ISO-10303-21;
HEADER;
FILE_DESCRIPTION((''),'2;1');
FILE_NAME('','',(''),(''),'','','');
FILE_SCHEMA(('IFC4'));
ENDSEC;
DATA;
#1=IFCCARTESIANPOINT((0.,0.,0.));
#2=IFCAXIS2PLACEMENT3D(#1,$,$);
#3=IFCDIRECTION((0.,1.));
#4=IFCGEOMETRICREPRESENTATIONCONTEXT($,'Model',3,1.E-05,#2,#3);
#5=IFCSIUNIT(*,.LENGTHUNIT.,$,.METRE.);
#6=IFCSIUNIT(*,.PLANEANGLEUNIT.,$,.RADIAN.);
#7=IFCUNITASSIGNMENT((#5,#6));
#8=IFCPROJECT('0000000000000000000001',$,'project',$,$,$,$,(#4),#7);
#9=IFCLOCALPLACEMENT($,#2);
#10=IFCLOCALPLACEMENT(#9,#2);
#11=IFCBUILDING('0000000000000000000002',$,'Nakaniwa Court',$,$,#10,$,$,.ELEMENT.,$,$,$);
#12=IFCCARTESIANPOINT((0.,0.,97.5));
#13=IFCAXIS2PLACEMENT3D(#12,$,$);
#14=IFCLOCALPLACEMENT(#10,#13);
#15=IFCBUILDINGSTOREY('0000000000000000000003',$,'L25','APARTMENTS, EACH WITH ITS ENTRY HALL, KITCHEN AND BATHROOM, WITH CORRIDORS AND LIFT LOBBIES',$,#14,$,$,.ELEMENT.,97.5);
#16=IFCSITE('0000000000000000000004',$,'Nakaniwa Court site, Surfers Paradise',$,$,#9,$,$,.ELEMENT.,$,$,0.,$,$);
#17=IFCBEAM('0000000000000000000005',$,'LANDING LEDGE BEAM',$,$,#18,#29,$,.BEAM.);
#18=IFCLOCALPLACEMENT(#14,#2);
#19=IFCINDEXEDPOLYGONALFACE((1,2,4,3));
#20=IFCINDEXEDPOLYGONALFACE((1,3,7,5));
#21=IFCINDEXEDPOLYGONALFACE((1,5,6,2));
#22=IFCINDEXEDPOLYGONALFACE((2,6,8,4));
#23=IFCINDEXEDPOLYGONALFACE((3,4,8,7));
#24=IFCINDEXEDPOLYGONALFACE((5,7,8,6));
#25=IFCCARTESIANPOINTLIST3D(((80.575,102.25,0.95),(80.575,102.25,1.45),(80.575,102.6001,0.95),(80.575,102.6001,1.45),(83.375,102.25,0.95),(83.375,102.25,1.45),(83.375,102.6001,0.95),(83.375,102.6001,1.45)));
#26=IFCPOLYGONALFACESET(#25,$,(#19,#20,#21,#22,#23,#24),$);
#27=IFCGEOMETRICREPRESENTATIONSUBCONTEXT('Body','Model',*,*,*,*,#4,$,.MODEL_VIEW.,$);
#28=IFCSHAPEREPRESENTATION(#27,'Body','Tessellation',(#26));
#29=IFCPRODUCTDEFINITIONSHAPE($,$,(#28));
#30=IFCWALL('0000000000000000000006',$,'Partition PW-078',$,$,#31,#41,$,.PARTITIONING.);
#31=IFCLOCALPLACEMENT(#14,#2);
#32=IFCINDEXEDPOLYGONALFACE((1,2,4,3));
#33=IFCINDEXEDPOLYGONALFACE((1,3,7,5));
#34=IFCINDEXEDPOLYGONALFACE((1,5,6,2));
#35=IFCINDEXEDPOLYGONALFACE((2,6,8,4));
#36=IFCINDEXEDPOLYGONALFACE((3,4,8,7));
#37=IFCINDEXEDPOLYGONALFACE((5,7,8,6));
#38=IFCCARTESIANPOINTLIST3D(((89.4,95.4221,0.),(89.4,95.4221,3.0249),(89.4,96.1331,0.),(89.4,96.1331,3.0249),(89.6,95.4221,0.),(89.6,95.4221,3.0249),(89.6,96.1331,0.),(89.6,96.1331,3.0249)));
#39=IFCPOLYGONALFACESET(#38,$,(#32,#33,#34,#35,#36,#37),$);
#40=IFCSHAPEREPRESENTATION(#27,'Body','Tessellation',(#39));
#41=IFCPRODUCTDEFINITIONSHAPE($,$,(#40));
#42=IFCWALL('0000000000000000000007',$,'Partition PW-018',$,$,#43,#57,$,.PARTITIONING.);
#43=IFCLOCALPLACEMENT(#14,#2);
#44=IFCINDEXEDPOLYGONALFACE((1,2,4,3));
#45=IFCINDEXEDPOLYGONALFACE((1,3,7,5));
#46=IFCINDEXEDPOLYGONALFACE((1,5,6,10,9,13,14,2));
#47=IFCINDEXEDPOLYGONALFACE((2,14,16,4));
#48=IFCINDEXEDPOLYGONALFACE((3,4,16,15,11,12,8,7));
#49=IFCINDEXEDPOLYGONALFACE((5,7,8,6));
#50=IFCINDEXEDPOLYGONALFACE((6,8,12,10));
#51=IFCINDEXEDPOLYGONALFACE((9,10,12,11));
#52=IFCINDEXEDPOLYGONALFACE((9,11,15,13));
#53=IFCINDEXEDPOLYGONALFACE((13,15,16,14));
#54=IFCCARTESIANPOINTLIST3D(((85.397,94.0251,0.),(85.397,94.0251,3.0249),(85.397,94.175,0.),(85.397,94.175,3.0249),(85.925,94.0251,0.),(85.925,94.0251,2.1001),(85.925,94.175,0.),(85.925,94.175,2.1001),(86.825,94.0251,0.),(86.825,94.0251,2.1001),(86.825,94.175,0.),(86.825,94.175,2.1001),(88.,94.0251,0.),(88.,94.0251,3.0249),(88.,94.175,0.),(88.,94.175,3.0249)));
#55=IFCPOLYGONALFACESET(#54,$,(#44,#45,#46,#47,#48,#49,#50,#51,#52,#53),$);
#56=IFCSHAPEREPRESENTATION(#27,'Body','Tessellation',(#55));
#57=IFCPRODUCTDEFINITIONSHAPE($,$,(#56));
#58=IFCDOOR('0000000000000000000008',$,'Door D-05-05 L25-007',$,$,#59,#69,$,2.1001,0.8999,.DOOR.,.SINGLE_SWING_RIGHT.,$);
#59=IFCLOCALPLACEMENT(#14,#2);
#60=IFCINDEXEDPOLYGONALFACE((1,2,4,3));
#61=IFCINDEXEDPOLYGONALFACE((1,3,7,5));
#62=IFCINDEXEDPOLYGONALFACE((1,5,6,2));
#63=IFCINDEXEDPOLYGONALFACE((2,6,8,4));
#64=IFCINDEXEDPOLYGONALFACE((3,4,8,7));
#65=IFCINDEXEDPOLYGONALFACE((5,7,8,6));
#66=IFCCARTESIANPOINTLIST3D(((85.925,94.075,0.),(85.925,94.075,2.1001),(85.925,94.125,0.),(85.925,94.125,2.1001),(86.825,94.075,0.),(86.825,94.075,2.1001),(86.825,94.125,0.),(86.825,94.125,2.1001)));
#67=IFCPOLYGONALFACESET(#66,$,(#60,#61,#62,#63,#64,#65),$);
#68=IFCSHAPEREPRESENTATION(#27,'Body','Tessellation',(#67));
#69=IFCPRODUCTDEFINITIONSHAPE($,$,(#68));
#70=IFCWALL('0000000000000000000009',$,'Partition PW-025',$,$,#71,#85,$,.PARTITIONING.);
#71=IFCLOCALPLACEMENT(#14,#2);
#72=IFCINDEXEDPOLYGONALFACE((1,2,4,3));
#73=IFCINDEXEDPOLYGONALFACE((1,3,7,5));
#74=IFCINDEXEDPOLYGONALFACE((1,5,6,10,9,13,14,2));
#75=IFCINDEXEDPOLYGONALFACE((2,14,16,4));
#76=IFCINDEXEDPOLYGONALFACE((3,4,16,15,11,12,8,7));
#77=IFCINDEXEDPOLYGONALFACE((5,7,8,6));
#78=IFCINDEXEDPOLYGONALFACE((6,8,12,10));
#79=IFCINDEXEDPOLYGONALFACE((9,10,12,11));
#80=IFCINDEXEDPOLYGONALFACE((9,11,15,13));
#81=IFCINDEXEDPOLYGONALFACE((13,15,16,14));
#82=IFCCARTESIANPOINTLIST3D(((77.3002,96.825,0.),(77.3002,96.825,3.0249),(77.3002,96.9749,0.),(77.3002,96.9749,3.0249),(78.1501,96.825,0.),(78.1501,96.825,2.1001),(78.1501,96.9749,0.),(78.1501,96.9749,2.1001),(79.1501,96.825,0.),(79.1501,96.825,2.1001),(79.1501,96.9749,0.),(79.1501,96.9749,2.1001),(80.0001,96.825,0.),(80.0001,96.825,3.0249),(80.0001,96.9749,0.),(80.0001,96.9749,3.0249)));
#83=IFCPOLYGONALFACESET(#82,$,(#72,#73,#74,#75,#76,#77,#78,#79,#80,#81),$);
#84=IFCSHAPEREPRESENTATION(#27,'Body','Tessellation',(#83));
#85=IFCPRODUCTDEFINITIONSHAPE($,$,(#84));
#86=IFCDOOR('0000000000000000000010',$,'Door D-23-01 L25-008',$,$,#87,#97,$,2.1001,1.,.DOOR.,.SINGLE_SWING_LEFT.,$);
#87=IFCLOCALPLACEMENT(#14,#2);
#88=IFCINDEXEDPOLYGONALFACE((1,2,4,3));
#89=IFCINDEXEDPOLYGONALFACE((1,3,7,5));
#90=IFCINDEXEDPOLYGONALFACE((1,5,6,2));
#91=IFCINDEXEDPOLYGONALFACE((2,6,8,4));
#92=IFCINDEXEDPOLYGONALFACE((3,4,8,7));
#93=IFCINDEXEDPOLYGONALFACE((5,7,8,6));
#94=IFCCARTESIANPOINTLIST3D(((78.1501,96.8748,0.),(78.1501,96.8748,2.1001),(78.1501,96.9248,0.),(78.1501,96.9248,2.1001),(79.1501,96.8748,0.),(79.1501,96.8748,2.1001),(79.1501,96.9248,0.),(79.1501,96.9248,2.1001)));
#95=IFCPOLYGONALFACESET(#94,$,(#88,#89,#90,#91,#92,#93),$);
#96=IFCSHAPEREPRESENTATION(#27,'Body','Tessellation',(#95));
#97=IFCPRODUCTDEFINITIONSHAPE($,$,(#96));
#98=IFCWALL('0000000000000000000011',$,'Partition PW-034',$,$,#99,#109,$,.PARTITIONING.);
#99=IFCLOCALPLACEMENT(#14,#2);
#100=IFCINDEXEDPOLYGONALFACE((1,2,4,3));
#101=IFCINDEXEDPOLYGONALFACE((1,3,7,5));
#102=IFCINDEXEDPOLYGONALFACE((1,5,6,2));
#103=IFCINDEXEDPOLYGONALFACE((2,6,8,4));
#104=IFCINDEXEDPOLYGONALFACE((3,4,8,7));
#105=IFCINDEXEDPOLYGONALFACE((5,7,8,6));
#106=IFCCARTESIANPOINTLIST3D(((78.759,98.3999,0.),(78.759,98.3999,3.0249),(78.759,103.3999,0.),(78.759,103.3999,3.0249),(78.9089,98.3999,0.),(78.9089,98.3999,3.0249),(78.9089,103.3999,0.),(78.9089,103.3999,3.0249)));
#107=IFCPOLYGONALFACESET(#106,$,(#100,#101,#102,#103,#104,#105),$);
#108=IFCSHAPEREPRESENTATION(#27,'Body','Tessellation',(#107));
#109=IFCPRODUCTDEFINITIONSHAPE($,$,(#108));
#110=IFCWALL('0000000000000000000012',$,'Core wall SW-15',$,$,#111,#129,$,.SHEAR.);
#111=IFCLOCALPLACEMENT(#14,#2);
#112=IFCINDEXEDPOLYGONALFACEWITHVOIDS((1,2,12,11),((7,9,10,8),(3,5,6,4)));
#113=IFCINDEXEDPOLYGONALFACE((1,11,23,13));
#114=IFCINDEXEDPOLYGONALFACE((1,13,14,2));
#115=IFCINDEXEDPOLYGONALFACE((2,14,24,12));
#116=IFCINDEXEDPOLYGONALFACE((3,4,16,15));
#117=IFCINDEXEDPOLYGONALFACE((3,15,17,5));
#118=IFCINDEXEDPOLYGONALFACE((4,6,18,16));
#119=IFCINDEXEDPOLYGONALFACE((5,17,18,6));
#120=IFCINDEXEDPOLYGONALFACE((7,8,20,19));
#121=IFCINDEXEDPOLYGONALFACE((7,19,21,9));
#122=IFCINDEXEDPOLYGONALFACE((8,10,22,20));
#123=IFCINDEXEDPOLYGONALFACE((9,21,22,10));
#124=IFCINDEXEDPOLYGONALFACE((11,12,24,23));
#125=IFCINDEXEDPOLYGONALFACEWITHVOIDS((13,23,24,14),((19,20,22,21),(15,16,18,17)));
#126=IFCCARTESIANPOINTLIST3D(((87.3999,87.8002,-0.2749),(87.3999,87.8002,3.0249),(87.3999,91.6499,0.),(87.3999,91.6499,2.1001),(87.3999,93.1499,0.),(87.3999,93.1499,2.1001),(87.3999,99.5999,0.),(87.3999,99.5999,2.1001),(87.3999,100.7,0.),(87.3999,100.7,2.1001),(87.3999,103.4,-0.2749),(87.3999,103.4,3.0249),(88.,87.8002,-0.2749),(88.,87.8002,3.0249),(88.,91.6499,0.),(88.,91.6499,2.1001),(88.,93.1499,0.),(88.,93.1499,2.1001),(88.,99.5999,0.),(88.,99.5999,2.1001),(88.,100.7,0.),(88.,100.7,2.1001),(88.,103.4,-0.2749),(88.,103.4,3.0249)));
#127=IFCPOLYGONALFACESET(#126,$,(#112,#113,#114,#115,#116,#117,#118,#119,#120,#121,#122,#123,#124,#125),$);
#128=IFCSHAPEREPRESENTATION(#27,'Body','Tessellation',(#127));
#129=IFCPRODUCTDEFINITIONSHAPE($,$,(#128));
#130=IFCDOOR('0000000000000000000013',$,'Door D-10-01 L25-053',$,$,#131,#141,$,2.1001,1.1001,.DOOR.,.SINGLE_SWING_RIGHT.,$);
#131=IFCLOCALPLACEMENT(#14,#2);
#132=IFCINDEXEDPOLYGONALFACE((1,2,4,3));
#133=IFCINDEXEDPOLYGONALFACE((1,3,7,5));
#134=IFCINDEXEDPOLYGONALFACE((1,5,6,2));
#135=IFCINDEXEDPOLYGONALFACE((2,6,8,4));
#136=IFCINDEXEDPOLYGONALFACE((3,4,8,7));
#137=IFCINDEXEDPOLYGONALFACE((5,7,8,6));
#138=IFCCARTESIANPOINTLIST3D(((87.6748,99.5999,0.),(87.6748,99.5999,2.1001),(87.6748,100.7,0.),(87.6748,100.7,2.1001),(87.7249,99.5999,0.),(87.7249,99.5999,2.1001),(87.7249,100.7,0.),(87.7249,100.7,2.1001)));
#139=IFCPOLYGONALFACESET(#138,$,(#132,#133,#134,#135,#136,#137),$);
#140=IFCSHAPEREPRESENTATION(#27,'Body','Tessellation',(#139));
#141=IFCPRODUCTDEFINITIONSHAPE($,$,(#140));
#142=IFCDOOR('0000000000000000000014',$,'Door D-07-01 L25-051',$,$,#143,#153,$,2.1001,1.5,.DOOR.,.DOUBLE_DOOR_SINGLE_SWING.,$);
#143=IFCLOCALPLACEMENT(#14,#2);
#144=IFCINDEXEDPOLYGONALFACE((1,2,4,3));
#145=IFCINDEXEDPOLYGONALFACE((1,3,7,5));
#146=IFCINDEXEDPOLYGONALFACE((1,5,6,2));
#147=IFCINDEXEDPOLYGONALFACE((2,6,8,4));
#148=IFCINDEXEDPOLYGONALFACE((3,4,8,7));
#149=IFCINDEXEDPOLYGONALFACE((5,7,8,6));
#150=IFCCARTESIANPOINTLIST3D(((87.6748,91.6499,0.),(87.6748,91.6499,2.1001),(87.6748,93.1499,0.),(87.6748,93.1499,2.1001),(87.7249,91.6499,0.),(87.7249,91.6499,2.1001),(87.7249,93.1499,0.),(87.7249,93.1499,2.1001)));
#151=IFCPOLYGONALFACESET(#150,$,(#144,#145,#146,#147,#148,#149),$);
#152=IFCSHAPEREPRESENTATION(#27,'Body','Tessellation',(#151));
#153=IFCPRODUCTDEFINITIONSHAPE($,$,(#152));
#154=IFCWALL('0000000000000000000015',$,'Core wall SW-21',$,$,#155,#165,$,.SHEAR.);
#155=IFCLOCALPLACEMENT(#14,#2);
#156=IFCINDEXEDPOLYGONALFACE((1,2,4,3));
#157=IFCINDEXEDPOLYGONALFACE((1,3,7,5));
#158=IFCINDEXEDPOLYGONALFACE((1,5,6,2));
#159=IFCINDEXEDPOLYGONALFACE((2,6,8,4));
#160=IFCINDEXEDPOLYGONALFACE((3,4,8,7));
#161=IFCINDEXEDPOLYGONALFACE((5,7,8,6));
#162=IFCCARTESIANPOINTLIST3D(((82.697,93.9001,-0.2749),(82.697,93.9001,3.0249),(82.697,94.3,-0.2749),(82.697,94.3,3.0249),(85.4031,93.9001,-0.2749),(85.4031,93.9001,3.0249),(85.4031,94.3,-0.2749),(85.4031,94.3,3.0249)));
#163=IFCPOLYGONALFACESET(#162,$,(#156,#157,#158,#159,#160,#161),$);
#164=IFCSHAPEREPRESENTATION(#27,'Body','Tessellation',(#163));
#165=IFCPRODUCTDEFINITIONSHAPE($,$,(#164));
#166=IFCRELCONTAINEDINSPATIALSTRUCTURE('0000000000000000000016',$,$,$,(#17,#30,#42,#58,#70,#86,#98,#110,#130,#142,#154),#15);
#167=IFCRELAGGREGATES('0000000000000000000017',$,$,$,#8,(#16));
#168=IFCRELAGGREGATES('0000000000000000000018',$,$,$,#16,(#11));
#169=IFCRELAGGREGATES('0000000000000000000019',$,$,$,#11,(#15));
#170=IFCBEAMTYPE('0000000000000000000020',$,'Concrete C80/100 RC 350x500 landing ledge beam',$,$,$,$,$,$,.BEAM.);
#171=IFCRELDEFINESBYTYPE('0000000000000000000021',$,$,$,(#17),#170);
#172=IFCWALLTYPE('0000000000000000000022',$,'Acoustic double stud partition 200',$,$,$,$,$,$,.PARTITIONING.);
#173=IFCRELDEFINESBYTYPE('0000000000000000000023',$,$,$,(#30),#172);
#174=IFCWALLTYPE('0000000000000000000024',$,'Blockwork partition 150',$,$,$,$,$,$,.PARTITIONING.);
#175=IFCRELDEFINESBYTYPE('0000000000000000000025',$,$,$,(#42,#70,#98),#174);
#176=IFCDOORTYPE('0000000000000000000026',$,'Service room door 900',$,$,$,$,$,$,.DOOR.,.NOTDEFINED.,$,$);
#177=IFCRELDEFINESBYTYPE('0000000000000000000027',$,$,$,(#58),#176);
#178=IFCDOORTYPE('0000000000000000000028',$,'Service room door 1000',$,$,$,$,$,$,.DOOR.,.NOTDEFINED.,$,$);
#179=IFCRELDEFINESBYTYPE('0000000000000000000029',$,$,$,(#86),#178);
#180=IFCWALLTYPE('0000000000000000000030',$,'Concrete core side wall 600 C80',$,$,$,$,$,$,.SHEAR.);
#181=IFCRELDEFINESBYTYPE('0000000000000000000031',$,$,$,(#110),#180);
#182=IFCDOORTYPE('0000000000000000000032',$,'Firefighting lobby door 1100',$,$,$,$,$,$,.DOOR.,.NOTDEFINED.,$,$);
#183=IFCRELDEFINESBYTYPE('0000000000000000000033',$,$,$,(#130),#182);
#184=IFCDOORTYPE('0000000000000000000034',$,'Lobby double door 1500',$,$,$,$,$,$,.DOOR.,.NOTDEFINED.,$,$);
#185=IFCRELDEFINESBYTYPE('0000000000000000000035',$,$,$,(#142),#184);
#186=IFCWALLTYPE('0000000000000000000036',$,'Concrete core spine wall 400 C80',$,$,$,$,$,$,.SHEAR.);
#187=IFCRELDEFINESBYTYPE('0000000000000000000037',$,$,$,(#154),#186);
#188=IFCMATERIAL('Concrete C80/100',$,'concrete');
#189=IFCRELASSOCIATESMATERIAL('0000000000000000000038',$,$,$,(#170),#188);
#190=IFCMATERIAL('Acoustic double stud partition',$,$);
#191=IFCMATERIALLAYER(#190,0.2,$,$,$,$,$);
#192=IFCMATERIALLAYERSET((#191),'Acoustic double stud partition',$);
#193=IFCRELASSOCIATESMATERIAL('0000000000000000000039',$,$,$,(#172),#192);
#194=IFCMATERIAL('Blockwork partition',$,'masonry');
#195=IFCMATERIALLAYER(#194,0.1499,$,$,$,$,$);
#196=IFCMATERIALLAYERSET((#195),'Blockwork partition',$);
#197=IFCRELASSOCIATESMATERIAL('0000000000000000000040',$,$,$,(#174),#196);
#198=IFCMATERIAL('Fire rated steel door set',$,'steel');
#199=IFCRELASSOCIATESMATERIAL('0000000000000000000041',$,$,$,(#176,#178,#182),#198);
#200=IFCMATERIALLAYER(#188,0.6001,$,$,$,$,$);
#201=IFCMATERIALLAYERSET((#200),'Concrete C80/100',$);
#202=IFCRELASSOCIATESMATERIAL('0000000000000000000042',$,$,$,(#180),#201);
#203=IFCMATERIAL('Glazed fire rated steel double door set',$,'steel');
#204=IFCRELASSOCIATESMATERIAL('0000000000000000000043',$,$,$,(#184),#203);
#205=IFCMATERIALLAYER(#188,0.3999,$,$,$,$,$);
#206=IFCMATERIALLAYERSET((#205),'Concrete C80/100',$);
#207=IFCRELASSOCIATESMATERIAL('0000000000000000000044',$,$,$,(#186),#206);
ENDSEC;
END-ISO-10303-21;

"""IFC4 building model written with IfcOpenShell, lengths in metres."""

from ifc_helpers import new_model, si_unit, direction, frame, frame_2d, origin, origin_2d, place, context, subcontext, project, spatial, rectangle, extrude, material, layer, layer_set, material_profile, profile_set, type_object, element, fill, save


model = new_model("IFC4")

# Units and contexts
model_context = context("Model", 3, precision=1e-05, world=origin(), true_north=direction((0.0, 1.0)))
body_context = subcontext(model_context, "Body", "Model", "MODEL_VIEW")
ifc_project = project(units=[si_unit("LENGTHUNIT", "METRE"), si_unit("PLANEANGLEUNIT", "RADIAN")], contexts=[model_context])

# Site, building, storey
site_placement = place(None, origin())
site = spatial("IfcSite", under=ifc_project, at=site_placement, Name="Nakaniwa Court site, Surfers Paradise", CompositionType="ELEMENT", RefElevation=0.0)
building_placement = place(site_placement, origin())
building = spatial("IfcBuilding", under=site, at=building_placement, Name="Nakaniwa Court", CompositionType="ELEMENT")
storey_placement = place(building_placement, frame((0.0, 0.0, 97.5)))
storey = spatial("IfcBuildingStorey", under=building, at=storey_placement, Name="L25", Description="APARTMENTS, EACH WITH ITS ENTRY HALL, KITCHEN AND BATHROOM, WITH CORRIDORS AND LIFT LOBBIES", CompositionType="ELEMENT", Elevation=97.5)

# Beam
ifc_material_1 = material(Name="Concrete C80/100", Category="concrete")
ifc_material_profile = material_profile(ifc_material_1, rectangle(XDim=0.3501, YDim=0.5, at=origin_2d()), Name="Concrete C80/100 RC 350x500 landing ledge beam")
ifc_profile_set = profile_set([ifc_material_profile], Name="Concrete C80/100")
beam_type = type_object("IfcBeamType", Name="Concrete C80/100 RC 350x500 landing ledge beam", PredefinedType="BEAM", material=ifc_profile_set)
beam_placement = place(storey_placement, frame((80.575, 102.425, 1.2), z_axis=(1.0, 0.0, 0.0), x_axis=(0.0, 1.0, 0.0)))
element("IfcBeam", 1, at=beam_placement, inside=storey, type_object=beam_type, Name="LANDING LEDGE BEAM", PredefinedType="BEAM", context=body_context, shape_type="SweptSolid", body=[
    extrude(rectangle(XDim=0.3501, YDim=0.5, at=origin_2d()), origin(), (0.0, 0.0, 1.0), 2.8),
])

# Wall
ifc_material_2 = material(Name="Acoustic double stud partition")
ifc_layer_1 = layer(ifc_material_2, 0.2)
ifc_layer_set_1 = layer_set([ifc_layer_1], Name="Acoustic double stud partition")
wall_type_1 = type_object("IfcWallType", Name="Acoustic double stud partition 200", PredefinedType="PARTITIONING", material=ifc_layer_set_1)
wall_1_placement = place(storey_placement, frame((89.5, 95.4221, 0.0), z_axis=(0.0, 0.0, 1.0), x_axis=(0.0, 1.0, 0.0)))
element("IfcWall", 2, at=wall_1_placement, inside=storey, type_object=wall_type_1, Name="Partition PW-078", PredefinedType="PARTITIONING", context=body_context, shape_type="SweptSolid", body=[
    extrude(rectangle(XDim=0.7109, YDim=0.2, at=frame_2d((0.3555, 0.0))), origin(), (0.0, 0.0, 1.0), 3.0249),
])

# Walls, openings, doors
ifc_material_3 = material(Name="Blockwork partition", Category="masonry")
ifc_layer_2 = layer(ifc_material_3, 0.1499)
ifc_layer_set_2 = layer_set([ifc_layer_2], Name="Blockwork partition")
wall_type_2 = type_object("IfcWallType", Name="Blockwork partition 150", PredefinedType="PARTITIONING", material=ifc_layer_set_2)
wall_2_placement = place(storey_placement, frame((85.397, 94.1001, 0.0), z_axis=(0.0, 0.0, 1.0), x_axis=(1.0, 0.0, 0.0)))
wall_2 = element("IfcWall", 3, at=wall_2_placement, inside=storey, type_object=wall_type_2, Name="Partition PW-018", PredefinedType="PARTITIONING", context=body_context, shape_type="SweptSolid", body=[
    extrude(rectangle(XDim=2.603, YDim=0.1499, at=frame_2d((1.3015, 0.0))), origin(), (0.0, 0.0, 1.0), 3.0249),
])
opening_1_placement = place(wall_2_placement, frame((0.5281, 0.0, 0.0)))
opening_1 = element("IfcOpeningElement", 4, at=opening_1_placement, cuts=wall_2, PredefinedType="OPENING", context=body_context, shape_type="SweptSolid", body=[
    extrude(rectangle(XDim=0.8999, YDim=2.1001, at=frame_2d((0.45, 1.05))), frame((0.0, 0.085, 0.0), z_axis=(0.0, -1.0, 0.0), x_axis=(1.0, 0.0, 0.0)), (0.0, 0.0, 1.0), 0.1699),
])
ifc_material_4 = material(Name="Fire rated steel door set", Category="steel")
door_type_1 = type_object("IfcDoorType", Name="Service room door 900", OperationType="NOTDEFINED", PredefinedType="DOOR", material=ifc_material_4)
door_1_placement = place(opening_1_placement, origin())
door_1 = element("IfcDoor", 5, at=door_1_placement, inside=storey, type_object=door_type_1, Name="Door D-05-05 L25-007", OperationType="SINGLE_SWING_RIGHT", OverallHeight=2.1001, OverallWidth=0.8999, PredefinedType="DOOR", context=body_context, shape_type="SweptSolid", body=[
    extrude(rectangle(XDim=0.8999, YDim=2.1001, at=frame_2d((0.45, 1.05))), frame((0.0, 0.0249, 0.0), z_axis=(0.0, -1.0, 0.0), x_axis=(1.0, 0.0, 0.0)), (0.0, 0.0, 1.0), 0.05),
])
fill(opening_1, door_1)
wall_3_placement = place(storey_placement, frame((77.3, 96.8999, 0.0), z_axis=(0.0, 0.0, 1.0), x_axis=(1.0, 0.0, 0.0)))
wall_3 = element("IfcWall", 6, at=wall_3_placement, inside=storey, type_object=wall_type_2, Name="Partition PW-025", PredefinedType="PARTITIONING", context=body_context, shape_type="SweptSolid", body=[
    extrude(rectangle(XDim=2.7, YDim=0.1499, at=frame_2d((1.3501, 0.0))), origin(), (0.0, 0.0, 1.0), 3.0249),
])
opening_2_placement = place(wall_3_placement, frame((0.8501, 0.0, 0.0)))
opening_2 = element("IfcOpeningElement", 7, at=opening_2_placement, cuts=wall_3, PredefinedType="OPENING", context=body_context, shape_type="SweptSolid", body=[
    extrude(rectangle(XDim=1.0, YDim=2.1001, at=frame_2d((0.5, 1.05))), frame((0.0, 0.085, 0.0), z_axis=(0.0, -1.0, 0.0), x_axis=(1.0, 0.0, 0.0)), (0.0, 0.0, 1.0), 0.1699),
])
door_type_2 = type_object("IfcDoorType", Name="Service room door 1000", OperationType="NOTDEFINED", PredefinedType="DOOR", material=ifc_material_4)
door_2_placement = place(opening_2_placement, origin())
door_2 = element("IfcDoor", 8, at=door_2_placement, inside=storey, type_object=door_type_2, Name="Door D-23-01 L25-008", OperationType="SINGLE_SWING_LEFT", OverallHeight=2.1001, OverallWidth=1.0, PredefinedType="DOOR", context=body_context, shape_type="SweptSolid", body=[
    extrude(rectangle(XDim=1.0, YDim=2.1001, at=frame_2d((0.5, 1.05))), frame((0.0, 0.0249, 0.0), z_axis=(0.0, -1.0, 0.0), x_axis=(1.0, 0.0, 0.0)), (0.0, 0.0, 1.0), 0.05),
])
fill(opening_2, door_2)

# Wall
wall_4_placement = place(storey_placement, frame((78.834, 98.3999, 0.0), z_axis=(0.0, 0.0, 1.0), x_axis=(0.0, 1.0, 0.0)))
element("IfcWall", 9, at=wall_4_placement, inside=storey, type_object=wall_type_2, Name="Partition PW-034", PredefinedType="PARTITIONING", context=body_context, shape_type="SweptSolid", body=[
    extrude(rectangle(XDim=5.0, YDim=0.1499, at=frame_2d((2.5, 0.0))), origin(), (0.0, 0.0, 1.0), 3.0249),
])

# Wall, openings, doors
ifc_layer_3 = layer(ifc_material_1, 0.6001)
ifc_layer_set_3 = layer_set([ifc_layer_3], Name="Concrete C80/100")
wall_type_3 = type_object("IfcWallType", Name="Concrete core side wall 600 C80", PredefinedType="SHEAR", material=ifc_layer_set_3)
wall_5_placement = place(storey_placement, frame((87.7, 103.3999, -0.2749), z_axis=(0.0, 0.0, 1.0), x_axis=(0.0, -1.0, 0.0)))
wall_5 = element("IfcWall", 10, at=wall_5_placement, inside=storey, type_object=wall_type_3, Name="Core wall SW-15", PredefinedType="SHEAR", context=body_context, shape_type="SweptSolid", body=[
    extrude(rectangle(XDim=15.5999, YDim=0.6001, at=frame_2d((7.7998, 0.0))), origin(), (0.0, 0.0, 1.0), 3.2998),
])
opening_3_placement = place(wall_5_placement, frame((10.25, 0.0, 0.2749)))
opening_3 = element("IfcOpeningElement", 11, at=opening_3_placement, cuts=wall_5, PredefinedType="OPENING", context=body_context, shape_type="SweptSolid", body=[
    extrude(rectangle(XDim=1.5, YDim=2.1001, at=frame_2d((0.75, 1.05))), frame((0.0, 0.3101, 0.0), z_axis=(0.0, -1.0, 0.0), x_axis=(1.0, 0.0, 0.0)), (0.0, 0.0, 1.0), 0.6201),
])
opening_4_placement = place(wall_5_placement, frame((2.7, 0.0, 0.2749)))
opening_4 = element("IfcOpeningElement", 12, at=opening_4_placement, cuts=wall_5, PredefinedType="OPENING", context=body_context, shape_type="SweptSolid", body=[
    extrude(rectangle(XDim=1.1001, YDim=2.1001, at=frame_2d((0.55, 1.05))), frame((0.0, 0.3101, 0.0), z_axis=(0.0, -1.0, 0.0), x_axis=(1.0, 0.0, 0.0)), (0.0, 0.0, 1.0), 0.6201),
])
door_type_3 = type_object("IfcDoorType", Name="Firefighting lobby door 1100", OperationType="NOTDEFINED", PredefinedType="DOOR", material=ifc_material_4)
door_3_placement = place(opening_4_placement, origin())
door_3 = element("IfcDoor", 13, at=door_3_placement, inside=storey, type_object=door_type_3, Name="Door D-10-01 L25-053", OperationType="SINGLE_SWING_RIGHT", OverallHeight=2.1001, OverallWidth=1.1001, PredefinedType="DOOR", context=body_context, shape_type="SweptSolid", body=[
    extrude(rectangle(XDim=1.1001, YDim=2.1001, at=frame_2d((0.55, 1.05))), frame((0.0, 0.0249, 0.0), z_axis=(0.0, -1.0, 0.0), x_axis=(1.0, 0.0, 0.0)), (0.0, 0.0, 1.0), 0.05),
])
fill(opening_4, door_3)
ifc_material_5 = material(Name="Glazed fire rated steel double door set", Category="steel")
door_type_4 = type_object("IfcDoorType", Name="Lobby double door 1500", OperationType="NOTDEFINED", PredefinedType="DOOR", material=ifc_material_5)
door_4_placement = place(opening_3_placement, origin())
door_4 = element("IfcDoor", 14, at=door_4_placement, inside=storey, type_object=door_type_4, Name="Door D-07-01 L25-051", OperationType="DOUBLE_DOOR_SINGLE_SWING", OverallHeight=2.1001, OverallWidth=1.5, PredefinedType="DOOR", context=body_context, shape_type="SweptSolid", body=[
    extrude(rectangle(XDim=1.5, YDim=2.1001, at=frame_2d((0.75, 1.05))), frame((0.0, 0.0249, 0.0), z_axis=(0.0, -1.0, 0.0), x_axis=(1.0, 0.0, 0.0)), (0.0, 0.0, 1.0), 0.05),
])
fill(opening_3, door_4)

# Wall
ifc_layer_4 = layer(ifc_material_1, 0.3999)
ifc_layer_set_4 = layer_set([ifc_layer_4], Name="Concrete C80/100")
wall_type_4 = type_object("IfcWallType", Name="Concrete core spine wall 400 C80", PredefinedType="SHEAR", material=ifc_layer_set_4)
wall_6_placement = place(storey_placement, frame((82.697, 94.1001, -0.2749), z_axis=(0.0, 0.0, 1.0), x_axis=(1.0, 0.0, 0.0)))
element("IfcWall", 15, at=wall_6_placement, inside=storey, type_object=wall_type_4, Name="Core wall SW-21", PredefinedType="SHEAR", context=body_context, shape_type="SweptSolid", body=[
    extrude(rectangle(XDim=2.7061, YDim=0.3999, at=frame_2d((1.353, 0.0))), origin(), (0.0, 0.0, 1.0), 3.2998),
])

save(model, "model.ifc")
